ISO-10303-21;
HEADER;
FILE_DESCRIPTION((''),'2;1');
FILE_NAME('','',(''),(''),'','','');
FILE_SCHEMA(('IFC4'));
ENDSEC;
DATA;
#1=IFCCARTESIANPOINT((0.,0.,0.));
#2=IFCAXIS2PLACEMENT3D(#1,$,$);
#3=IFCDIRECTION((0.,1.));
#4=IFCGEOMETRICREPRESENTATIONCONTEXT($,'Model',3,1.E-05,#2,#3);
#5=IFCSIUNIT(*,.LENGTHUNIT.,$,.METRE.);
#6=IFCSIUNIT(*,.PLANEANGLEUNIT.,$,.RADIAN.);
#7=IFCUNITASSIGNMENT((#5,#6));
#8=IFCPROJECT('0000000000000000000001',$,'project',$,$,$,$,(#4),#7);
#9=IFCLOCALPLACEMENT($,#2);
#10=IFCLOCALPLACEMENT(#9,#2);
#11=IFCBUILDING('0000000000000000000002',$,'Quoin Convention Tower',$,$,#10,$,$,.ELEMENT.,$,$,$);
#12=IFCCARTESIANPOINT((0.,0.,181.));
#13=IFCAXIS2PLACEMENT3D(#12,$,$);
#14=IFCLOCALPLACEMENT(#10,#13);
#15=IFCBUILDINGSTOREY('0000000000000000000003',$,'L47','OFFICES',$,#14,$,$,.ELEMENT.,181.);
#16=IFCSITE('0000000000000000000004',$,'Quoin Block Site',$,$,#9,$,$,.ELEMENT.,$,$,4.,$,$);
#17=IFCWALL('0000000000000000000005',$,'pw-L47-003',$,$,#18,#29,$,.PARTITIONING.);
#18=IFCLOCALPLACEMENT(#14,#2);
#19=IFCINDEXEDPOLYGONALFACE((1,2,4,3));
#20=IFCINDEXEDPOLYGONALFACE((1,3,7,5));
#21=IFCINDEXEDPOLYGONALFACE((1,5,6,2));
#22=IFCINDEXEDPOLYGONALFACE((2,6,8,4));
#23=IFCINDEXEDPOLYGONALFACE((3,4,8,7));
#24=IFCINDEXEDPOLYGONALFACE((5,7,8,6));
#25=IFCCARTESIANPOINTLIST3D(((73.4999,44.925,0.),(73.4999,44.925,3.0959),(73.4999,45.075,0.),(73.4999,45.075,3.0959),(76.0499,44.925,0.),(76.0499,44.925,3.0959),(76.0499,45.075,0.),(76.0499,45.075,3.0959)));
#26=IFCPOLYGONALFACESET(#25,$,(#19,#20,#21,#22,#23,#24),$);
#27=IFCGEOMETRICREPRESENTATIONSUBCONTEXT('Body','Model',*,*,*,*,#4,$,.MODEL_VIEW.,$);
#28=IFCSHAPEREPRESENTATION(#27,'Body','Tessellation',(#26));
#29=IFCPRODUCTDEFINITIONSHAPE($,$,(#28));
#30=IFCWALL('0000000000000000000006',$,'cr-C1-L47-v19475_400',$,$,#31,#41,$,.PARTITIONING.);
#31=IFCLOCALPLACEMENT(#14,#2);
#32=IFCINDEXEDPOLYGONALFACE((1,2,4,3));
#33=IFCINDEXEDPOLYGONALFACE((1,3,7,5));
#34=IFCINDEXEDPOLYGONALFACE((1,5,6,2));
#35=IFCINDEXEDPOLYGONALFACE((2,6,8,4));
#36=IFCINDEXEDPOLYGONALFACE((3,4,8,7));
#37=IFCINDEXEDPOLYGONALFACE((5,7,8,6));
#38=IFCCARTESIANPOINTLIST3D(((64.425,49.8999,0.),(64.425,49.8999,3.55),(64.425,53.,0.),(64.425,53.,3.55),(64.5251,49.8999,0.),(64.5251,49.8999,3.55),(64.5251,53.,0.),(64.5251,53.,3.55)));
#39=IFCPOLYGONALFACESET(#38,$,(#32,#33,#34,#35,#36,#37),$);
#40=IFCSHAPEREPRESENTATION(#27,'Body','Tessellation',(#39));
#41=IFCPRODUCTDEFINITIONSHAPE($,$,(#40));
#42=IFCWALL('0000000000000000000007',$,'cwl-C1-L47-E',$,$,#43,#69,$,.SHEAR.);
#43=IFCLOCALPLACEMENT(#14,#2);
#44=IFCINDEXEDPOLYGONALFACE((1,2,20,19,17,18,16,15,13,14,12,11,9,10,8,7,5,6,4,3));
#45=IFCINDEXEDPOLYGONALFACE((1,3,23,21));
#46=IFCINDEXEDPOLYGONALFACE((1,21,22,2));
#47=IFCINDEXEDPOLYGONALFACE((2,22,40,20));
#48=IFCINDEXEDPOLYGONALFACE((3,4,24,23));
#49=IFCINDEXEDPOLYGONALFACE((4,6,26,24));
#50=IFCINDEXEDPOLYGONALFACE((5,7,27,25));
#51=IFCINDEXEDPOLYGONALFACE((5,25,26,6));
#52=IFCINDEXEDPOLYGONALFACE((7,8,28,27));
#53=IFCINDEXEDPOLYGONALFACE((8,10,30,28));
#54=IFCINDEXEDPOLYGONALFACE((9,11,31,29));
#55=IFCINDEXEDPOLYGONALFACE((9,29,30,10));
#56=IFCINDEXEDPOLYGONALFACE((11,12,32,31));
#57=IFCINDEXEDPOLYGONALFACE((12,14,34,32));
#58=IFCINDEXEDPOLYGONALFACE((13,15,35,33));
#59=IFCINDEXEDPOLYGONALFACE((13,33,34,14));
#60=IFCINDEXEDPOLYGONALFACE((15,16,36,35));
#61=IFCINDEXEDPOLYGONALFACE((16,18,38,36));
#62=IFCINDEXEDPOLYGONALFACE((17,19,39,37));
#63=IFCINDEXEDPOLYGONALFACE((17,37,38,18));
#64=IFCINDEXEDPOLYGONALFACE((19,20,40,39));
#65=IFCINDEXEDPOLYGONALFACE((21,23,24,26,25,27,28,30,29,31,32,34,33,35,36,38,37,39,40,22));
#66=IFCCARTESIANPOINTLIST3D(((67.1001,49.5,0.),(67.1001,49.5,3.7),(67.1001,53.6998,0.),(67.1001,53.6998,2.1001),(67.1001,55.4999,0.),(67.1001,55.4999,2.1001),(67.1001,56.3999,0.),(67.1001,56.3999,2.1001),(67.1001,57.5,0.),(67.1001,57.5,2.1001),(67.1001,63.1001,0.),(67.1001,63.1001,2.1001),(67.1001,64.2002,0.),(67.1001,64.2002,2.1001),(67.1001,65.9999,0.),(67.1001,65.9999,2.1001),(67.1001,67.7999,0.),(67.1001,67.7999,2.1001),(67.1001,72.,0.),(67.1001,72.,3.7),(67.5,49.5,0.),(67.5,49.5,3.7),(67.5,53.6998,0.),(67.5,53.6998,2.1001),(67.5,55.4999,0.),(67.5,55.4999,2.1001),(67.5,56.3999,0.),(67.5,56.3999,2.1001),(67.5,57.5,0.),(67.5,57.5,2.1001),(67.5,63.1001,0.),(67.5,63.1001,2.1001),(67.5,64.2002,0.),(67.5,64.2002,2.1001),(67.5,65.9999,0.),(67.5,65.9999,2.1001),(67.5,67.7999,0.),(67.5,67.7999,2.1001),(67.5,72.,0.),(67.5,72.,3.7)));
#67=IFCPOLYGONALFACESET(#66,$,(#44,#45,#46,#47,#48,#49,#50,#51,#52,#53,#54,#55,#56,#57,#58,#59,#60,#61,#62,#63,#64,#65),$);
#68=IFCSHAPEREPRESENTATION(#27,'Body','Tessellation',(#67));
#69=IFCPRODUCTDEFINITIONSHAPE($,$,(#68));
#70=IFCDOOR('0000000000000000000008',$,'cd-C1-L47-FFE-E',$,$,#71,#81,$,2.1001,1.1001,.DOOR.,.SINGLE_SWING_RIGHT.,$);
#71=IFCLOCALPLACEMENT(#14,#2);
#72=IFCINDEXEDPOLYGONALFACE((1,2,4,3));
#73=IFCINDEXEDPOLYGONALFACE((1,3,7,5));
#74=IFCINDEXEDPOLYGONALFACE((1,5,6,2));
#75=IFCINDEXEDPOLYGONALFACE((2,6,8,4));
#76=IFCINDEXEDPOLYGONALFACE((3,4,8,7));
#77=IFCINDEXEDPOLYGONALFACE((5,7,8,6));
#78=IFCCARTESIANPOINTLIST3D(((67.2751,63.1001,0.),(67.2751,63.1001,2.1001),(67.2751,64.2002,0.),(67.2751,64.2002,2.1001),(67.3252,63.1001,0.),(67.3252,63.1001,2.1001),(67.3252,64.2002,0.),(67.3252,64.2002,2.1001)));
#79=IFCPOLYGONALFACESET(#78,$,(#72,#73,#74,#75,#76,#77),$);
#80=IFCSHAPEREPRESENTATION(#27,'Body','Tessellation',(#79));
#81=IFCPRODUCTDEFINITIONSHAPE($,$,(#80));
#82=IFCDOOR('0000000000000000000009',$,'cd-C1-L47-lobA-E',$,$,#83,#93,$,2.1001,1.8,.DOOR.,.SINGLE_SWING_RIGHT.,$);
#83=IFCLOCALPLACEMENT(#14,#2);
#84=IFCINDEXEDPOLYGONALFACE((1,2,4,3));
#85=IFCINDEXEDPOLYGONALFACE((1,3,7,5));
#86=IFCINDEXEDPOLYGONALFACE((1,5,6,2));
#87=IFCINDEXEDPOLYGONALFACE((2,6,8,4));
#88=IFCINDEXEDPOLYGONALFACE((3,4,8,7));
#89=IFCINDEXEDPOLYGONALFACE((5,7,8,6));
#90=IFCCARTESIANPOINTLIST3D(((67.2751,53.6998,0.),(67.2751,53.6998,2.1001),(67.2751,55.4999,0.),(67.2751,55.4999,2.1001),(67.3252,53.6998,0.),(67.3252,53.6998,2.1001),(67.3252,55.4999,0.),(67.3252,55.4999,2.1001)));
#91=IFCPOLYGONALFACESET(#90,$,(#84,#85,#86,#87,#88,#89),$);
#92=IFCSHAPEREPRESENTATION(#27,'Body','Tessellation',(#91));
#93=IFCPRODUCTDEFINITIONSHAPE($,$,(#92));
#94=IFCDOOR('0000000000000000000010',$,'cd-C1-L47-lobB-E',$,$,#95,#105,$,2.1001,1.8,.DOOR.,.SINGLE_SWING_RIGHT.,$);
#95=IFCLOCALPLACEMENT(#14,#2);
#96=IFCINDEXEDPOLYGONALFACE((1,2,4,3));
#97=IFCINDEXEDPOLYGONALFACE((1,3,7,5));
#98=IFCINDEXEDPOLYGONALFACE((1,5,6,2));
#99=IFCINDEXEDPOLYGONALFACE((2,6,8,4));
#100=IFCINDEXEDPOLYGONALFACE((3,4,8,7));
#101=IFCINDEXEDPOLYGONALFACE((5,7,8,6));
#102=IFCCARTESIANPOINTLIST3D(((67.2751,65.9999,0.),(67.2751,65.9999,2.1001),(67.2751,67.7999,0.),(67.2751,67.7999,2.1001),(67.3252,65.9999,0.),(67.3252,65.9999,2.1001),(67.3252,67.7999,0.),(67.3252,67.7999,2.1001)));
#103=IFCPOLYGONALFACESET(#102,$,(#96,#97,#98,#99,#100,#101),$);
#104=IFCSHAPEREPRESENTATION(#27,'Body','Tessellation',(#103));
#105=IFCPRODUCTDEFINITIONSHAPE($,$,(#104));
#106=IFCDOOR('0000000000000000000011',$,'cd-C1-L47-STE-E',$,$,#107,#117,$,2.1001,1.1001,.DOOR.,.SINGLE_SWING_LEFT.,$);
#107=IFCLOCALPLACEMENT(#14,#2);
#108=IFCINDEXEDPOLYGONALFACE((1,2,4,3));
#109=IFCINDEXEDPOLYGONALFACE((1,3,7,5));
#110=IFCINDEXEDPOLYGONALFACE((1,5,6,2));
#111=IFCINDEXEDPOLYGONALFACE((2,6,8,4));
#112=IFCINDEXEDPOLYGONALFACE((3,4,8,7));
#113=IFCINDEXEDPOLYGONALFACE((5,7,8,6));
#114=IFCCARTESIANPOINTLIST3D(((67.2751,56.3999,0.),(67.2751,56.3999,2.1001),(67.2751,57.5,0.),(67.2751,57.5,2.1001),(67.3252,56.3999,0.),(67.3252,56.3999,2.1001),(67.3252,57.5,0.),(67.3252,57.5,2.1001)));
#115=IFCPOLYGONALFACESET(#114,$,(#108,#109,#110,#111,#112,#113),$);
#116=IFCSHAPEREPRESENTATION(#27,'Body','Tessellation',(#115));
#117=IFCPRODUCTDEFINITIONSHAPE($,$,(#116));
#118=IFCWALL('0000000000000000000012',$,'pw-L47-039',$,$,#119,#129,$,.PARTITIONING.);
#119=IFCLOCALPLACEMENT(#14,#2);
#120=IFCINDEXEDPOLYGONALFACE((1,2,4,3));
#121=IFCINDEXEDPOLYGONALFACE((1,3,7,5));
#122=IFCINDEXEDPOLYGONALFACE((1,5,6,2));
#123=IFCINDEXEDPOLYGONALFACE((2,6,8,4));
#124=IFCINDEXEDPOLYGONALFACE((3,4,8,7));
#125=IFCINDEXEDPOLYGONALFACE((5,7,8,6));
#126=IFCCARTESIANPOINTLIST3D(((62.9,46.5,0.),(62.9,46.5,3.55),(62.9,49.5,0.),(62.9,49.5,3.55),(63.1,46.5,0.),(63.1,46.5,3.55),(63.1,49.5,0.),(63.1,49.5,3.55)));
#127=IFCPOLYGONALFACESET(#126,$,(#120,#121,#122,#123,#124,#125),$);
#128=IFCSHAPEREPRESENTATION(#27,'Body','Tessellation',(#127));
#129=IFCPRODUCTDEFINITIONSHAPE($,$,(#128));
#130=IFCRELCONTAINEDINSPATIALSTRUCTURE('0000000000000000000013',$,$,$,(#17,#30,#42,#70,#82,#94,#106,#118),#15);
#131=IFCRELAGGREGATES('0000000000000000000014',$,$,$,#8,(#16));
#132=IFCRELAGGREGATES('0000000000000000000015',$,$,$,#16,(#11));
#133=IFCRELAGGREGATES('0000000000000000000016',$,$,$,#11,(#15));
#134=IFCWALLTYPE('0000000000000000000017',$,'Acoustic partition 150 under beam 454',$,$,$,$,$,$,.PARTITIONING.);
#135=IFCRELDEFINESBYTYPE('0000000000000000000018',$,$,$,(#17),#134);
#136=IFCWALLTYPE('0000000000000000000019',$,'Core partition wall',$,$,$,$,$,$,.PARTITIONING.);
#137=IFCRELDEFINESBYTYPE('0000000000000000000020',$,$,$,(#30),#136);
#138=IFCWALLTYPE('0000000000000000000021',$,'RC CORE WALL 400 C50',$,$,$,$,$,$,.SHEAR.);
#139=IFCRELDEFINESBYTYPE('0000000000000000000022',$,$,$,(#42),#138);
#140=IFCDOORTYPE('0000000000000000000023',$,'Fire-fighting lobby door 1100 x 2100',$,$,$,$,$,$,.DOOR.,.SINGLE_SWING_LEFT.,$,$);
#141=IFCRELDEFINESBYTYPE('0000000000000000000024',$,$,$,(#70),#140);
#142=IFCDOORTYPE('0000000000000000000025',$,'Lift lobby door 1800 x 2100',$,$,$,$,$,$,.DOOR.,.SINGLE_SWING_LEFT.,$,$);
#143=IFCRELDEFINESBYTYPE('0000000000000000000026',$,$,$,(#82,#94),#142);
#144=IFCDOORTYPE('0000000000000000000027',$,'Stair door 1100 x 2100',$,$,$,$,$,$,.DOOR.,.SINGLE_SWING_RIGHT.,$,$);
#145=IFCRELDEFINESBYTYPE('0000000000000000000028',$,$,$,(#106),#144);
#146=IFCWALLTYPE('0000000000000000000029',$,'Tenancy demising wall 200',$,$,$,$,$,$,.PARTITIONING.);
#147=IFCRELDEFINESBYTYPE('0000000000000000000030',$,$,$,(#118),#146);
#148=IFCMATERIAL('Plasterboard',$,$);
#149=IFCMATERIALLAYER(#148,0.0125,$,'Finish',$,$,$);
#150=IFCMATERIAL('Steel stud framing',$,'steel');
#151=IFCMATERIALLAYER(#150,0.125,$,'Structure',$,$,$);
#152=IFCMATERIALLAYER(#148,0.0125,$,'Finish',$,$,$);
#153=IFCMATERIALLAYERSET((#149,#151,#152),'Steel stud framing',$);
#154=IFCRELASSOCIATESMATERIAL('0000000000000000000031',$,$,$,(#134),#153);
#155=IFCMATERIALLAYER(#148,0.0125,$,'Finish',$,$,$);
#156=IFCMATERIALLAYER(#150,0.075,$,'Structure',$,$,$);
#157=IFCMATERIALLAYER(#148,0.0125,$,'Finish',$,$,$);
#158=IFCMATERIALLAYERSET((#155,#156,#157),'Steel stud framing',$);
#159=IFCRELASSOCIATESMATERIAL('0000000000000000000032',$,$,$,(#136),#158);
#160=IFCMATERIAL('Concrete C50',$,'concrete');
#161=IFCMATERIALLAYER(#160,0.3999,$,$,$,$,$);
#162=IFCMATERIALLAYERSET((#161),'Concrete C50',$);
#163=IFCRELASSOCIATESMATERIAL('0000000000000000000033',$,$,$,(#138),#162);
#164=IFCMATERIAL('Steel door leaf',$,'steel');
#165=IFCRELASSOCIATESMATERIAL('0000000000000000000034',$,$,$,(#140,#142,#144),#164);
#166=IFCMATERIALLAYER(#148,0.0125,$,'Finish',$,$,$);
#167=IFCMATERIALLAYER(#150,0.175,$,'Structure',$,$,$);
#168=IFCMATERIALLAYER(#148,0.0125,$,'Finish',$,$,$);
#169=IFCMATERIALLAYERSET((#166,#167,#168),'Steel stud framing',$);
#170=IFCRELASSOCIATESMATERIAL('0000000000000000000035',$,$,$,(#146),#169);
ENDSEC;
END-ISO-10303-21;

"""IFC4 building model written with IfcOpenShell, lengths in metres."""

from ifc_helpers import new_model, si_unit, direction, frame, frame_2d, origin, place, context, subcontext, project, spatial, rectangle, extrude, material, layer, layer_set, type_object, element, fill, save


model = new_model("IFC4")

# Units and contexts
model_context = context("Model", 3, precision=1e-05, world=origin(), true_north=direction((0.0, 1.0)))
body_context = subcontext(model_context, "Body", "Model", "MODEL_VIEW")
ifc_project = project(units=[si_unit("LENGTHUNIT", "METRE"), si_unit("PLANEANGLEUNIT", "RADIAN")], contexts=[model_context])

# Site, building, storey
site_placement = place(None, origin())
site = spatial("IfcSite", under=ifc_project, at=site_placement, Name="Quoin Block Site", CompositionType="ELEMENT", RefElevation=4.0)
building_placement = place(site_placement, origin())
building = spatial("IfcBuilding", under=site, at=building_placement, Name="Quoin Convention Tower", CompositionType="ELEMENT")
storey_placement = place(building_placement, frame((0.0, 0.0, 181.0)))
storey = spatial("IfcBuildingStorey", under=building, at=storey_placement, Name="L47", Description="OFFICES", CompositionType="ELEMENT", Elevation=181.0)

# Shared definitions
ifc_material_1 = material(Name="Concrete C50", Category="concrete")

# Shared definitions
ifc_material_2 = material(Name="Plasterboard")
ifc_material_3 = material(Name="Steel stud framing", Category="steel")

# Shared definitions
ifc_material_4 = material(Name="Steel door leaf", Category="steel")
ifc_layer_1 = layer(ifc_material_2, 0.0125, Name="Finish")
ifc_layer_2 = layer(ifc_material_3, 0.125, Name="Structure")
ifc_layer_3 = layer(ifc_material_2, 0.0125, Name="Finish")
ifc_layer_set_1 = layer_set([ifc_layer_1, ifc_layer_2, ifc_layer_3], Name="Steel stud framing")
wall_type_1 = type_object("IfcWallType", Name="Acoustic partition 150 under beam 454", PredefinedType="PARTITIONING", material=ifc_layer_set_1)

# Walls
wall_1_placement = place(storey_placement, frame((73.5, 45.0, 0.0), z_axis=(0.0, 0.0, 1.0), x_axis=(1.0, 0.0, 0.0)))
element("IfcWall", 1, at=wall_1_placement, inside=storey, type_object=wall_type_1, Name="pw-L47-003", PredefinedType="PARTITIONING", context=body_context, shape_type="SweptSolid", body=[
    extrude(rectangle(XDim=2.55, YDim=0.1499, at=frame_2d((1.2749, 0.0))), origin(), (0.0, 0.0, 1.0), 3.0959),
])
ifc_layer_4 = layer(ifc_material_2, 0.0125, Name="Finish")
ifc_layer_5 = layer(ifc_material_3, 0.075, Name="Structure")
ifc_layer_6 = layer(ifc_material_2, 0.0125, Name="Finish")
ifc_layer_set_2 = layer_set([ifc_layer_4, ifc_layer_5, ifc_layer_6], Name="Steel stud framing")
wall_type_2 = type_object("IfcWallType", Name="Core partition wall", PredefinedType="PARTITIONING", material=ifc_layer_set_2)
wall_2_placement = place(storey_placement, frame((64.4751, 49.8999, 0.0), z_axis=(0.0, 0.0, 1.0), x_axis=(0.0, 1.0, 0.0)))
element("IfcWall", 2, at=wall_2_placement, inside=storey, type_object=wall_type_2, Name="cr-C1-L47-v19475_400", PredefinedType="PARTITIONING", context=body_context, shape_type="SweptSolid", body=[
    extrude(rectangle(XDim=3.1001, YDim=0.1001, at=frame_2d((1.55, 0.0))), origin(), (0.0, 0.0, 1.0), 3.55),
])

# Wall, openings, doors
ifc_layer_7 = layer(ifc_material_1, 0.3999)
ifc_layer_set_3 = layer_set([ifc_layer_7], Name="Concrete C50")
wall_type_3 = type_object("IfcWallType", Name="RC CORE WALL 400 C50", PredefinedType="SHEAR", material=ifc_layer_set_3)
wall_3_placement = place(storey_placement, frame((67.3, 49.5, 0.0), z_axis=(0.0, 0.0, 1.0), x_axis=(0.0, 1.0, 0.0)))
wall_3 = element("IfcWall", 3, at=wall_3_placement, inside=storey, type_object=wall_type_3, Name="cwl-C1-L47-E", PredefinedType="SHEAR", context=body_context, shape_type="SweptSolid", body=[
    extrude(rectangle(XDim=22.5, YDim=0.3999, at=frame_2d((11.25, 0.0))), origin(), (0.0, 0.0, 1.0), 3.7),
])
opening_1_placement = place(wall_3_placement, frame((4.2, 0.0, 0.0)))
opening_1 = element("IfcOpeningElement", 4, at=opening_1_placement, cuts=wall_3, PredefinedType="OPENING", context=body_context, shape_type="SweptSolid", body=[
    extrude(rectangle(XDim=1.8, YDim=2.1001, at=frame_2d((0.8999, 1.05))), frame((0.0, 0.21, 0.0), z_axis=(0.0, -1.0, 0.0), x_axis=(1.0, 0.0, 0.0)), (0.0, 0.0, 1.0), 0.4199),
])
opening_2_placement = place(wall_3_placement, frame((6.8999, 0.0, 0.0)))
opening_2 = element("IfcOpeningElement", 5, at=opening_2_placement, cuts=wall_3, PredefinedType="OPENING", context=body_context, shape_type="SweptSolid", body=[
    extrude(rectangle(XDim=1.1001, YDim=2.1001, at=frame_2d((0.55, 1.05))), frame((0.0, 0.21, 0.0), z_axis=(0.0, -1.0, 0.0), x_axis=(1.0, 0.0, 0.0)), (0.0, 0.0, 1.0), 0.4199),
])
opening_3_placement = place(wall_3_placement, frame((13.6001, 0.0, 0.0)))
opening_3 = element("IfcOpeningElement", 6, at=opening_3_placement, cuts=wall_3, PredefinedType="OPENING", context=body_context, shape_type="SweptSolid", body=[
    extrude(rectangle(XDim=1.1001, YDim=2.1001, at=frame_2d((0.55, 1.05))), frame((0.0, 0.21, 0.0), z_axis=(0.0, -1.0, 0.0), x_axis=(1.0, 0.0, 0.0)), (0.0, 0.0, 1.0), 0.4199),
])
opening_4_placement = place(wall_3_placement, frame((16.5, 0.0, 0.0)))
opening_4 = element("IfcOpeningElement", 7, at=opening_4_placement, cuts=wall_3, PredefinedType="OPENING", context=body_context, shape_type="SweptSolid", body=[
    extrude(rectangle(XDim=1.8, YDim=2.1001, at=frame_2d((0.8999, 1.05))), frame((0.0, 0.21, 0.0), z_axis=(0.0, -1.0, 0.0), x_axis=(1.0, 0.0, 0.0)), (0.0, 0.0, 1.0), 0.4199),
])
door_type_1 = type_object("IfcDoorType", Name="Fire-fighting lobby door 1100 x 2100", OperationType="SINGLE_SWING_LEFT", PredefinedType="DOOR", material=ifc_material_4)
door_1_placement = place(opening_3_placement, origin())
door_1 = element("IfcDoor", 8, at=door_1_placement, inside=storey, type_object=door_type_1, Name="cd-C1-L47-FFE-E", OperationType="SINGLE_SWING_RIGHT", OverallHeight=2.1001, OverallWidth=1.1001, PredefinedType="DOOR", context=body_context, shape_type="SweptSolid", body=[
    extrude(rectangle(XDim=1.1001, YDim=2.1001, at=frame_2d((0.55, 1.05))), frame((0.0, 0.0249, 0.0), z_axis=(0.0, -1.0, 0.0), x_axis=(1.0, 0.0, 0.0)), (0.0, 0.0, 1.0), 0.05),
])
fill(opening_3, door_1)
door_type_2 = type_object("IfcDoorType", Name="Lift lobby door 1800 x 2100", OperationType="SINGLE_SWING_LEFT", PredefinedType="DOOR", material=ifc_material_4)
door_2_placement = place(opening_1_placement, origin())
door_2 = element("IfcDoor", 9, at=door_2_placement, inside=storey, type_object=door_type_2, Name="cd-C1-L47-lobA-E", OperationType="SINGLE_SWING_RIGHT", OverallHeight=2.1001, OverallWidth=1.8, PredefinedType="DOOR", context=body_context, shape_type="SweptSolid", body=[
    extrude(rectangle(XDim=1.8, YDim=2.1001, at=frame_2d((0.8999, 1.05))), frame((0.0, 0.0249, 0.0), z_axis=(0.0, -1.0, 0.0), x_axis=(1.0, 0.0, 0.0)), (0.0, 0.0, 1.0), 0.05),
])
fill(opening_1, door_2)
door_3_placement = place(opening_4_placement, origin())
door_3 = element("IfcDoor", 10, at=door_3_placement, inside=storey, type_object=door_type_2, Name="cd-C1-L47-lobB-E", OperationType="SINGLE_SWING_RIGHT", OverallHeight=2.1001, OverallWidth=1.8, PredefinedType="DOOR", context=body_context, shape_type="SweptSolid", body=[
    extrude(rectangle(XDim=1.8, YDim=2.1001, at=frame_2d((0.8999, 1.05))), frame((0.0, 0.0249, 0.0), z_axis=(0.0, -1.0, 0.0), x_axis=(1.0, 0.0, 0.0)), (0.0, 0.0, 1.0), 0.05),
])
fill(opening_4, door_3)
door_type_3 = type_object("IfcDoorType", Name="Stair door 1100 x 2100", OperationType="SINGLE_SWING_RIGHT", PredefinedType="DOOR", material=ifc_material_4)
door_4_placement = place(opening_2_placement, origin())
door_4 = element("IfcDoor", 11, at=door_4_placement, inside=storey, type_object=door_type_3, Name="cd-C1-L47-STE-E", OperationType="SINGLE_SWING_LEFT", OverallHeight=2.1001, OverallWidth=1.1001, PredefinedType="DOOR", context=body_context, shape_type="SweptSolid", body=[
    extrude(rectangle(XDim=1.1001, YDim=2.1001, at=frame_2d((0.55, 1.05))), frame((0.0, 0.0249, 0.0), z_axis=(0.0, -1.0, 0.0), x_axis=(1.0, 0.0, 0.0)), (0.0, 0.0, 1.0), 0.05),
])
fill(opening_2, door_4)

# Wall
ifc_layer_8 = layer(ifc_material_2, 0.0125, Name="Finish")
ifc_layer_9 = layer(ifc_material_3, 0.175, Name="Structure")
ifc_layer_10 = layer(ifc_material_2, 0.0125, Name="Finish")
ifc_layer_set_4 = layer_set([ifc_layer_8, ifc_layer_9, ifc_layer_10], Name="Steel stud framing")
wall_type_4 = type_object("IfcWallType", Name="Tenancy demising wall 200", PredefinedType="PARTITIONING", material=ifc_layer_set_4)
wall_4_placement = place(storey_placement, frame((63.0, 46.5, 0.0), z_axis=(0.0, 0.0, 1.0), x_axis=(0.0, 1.0, 0.0)))
element("IfcWall", 12, at=wall_4_placement, inside=storey, type_object=wall_type_4, Name="pw-L47-039", PredefinedType="PARTITIONING", context=body_context, shape_type="SweptSolid", body=[
    extrude(rectangle(XDim=3.0, YDim=0.2, at=frame_2d((1.5, 0.0))), origin(), (0.0, 0.0, 1.0), 3.55),
])

save(model, "model.ifc")
